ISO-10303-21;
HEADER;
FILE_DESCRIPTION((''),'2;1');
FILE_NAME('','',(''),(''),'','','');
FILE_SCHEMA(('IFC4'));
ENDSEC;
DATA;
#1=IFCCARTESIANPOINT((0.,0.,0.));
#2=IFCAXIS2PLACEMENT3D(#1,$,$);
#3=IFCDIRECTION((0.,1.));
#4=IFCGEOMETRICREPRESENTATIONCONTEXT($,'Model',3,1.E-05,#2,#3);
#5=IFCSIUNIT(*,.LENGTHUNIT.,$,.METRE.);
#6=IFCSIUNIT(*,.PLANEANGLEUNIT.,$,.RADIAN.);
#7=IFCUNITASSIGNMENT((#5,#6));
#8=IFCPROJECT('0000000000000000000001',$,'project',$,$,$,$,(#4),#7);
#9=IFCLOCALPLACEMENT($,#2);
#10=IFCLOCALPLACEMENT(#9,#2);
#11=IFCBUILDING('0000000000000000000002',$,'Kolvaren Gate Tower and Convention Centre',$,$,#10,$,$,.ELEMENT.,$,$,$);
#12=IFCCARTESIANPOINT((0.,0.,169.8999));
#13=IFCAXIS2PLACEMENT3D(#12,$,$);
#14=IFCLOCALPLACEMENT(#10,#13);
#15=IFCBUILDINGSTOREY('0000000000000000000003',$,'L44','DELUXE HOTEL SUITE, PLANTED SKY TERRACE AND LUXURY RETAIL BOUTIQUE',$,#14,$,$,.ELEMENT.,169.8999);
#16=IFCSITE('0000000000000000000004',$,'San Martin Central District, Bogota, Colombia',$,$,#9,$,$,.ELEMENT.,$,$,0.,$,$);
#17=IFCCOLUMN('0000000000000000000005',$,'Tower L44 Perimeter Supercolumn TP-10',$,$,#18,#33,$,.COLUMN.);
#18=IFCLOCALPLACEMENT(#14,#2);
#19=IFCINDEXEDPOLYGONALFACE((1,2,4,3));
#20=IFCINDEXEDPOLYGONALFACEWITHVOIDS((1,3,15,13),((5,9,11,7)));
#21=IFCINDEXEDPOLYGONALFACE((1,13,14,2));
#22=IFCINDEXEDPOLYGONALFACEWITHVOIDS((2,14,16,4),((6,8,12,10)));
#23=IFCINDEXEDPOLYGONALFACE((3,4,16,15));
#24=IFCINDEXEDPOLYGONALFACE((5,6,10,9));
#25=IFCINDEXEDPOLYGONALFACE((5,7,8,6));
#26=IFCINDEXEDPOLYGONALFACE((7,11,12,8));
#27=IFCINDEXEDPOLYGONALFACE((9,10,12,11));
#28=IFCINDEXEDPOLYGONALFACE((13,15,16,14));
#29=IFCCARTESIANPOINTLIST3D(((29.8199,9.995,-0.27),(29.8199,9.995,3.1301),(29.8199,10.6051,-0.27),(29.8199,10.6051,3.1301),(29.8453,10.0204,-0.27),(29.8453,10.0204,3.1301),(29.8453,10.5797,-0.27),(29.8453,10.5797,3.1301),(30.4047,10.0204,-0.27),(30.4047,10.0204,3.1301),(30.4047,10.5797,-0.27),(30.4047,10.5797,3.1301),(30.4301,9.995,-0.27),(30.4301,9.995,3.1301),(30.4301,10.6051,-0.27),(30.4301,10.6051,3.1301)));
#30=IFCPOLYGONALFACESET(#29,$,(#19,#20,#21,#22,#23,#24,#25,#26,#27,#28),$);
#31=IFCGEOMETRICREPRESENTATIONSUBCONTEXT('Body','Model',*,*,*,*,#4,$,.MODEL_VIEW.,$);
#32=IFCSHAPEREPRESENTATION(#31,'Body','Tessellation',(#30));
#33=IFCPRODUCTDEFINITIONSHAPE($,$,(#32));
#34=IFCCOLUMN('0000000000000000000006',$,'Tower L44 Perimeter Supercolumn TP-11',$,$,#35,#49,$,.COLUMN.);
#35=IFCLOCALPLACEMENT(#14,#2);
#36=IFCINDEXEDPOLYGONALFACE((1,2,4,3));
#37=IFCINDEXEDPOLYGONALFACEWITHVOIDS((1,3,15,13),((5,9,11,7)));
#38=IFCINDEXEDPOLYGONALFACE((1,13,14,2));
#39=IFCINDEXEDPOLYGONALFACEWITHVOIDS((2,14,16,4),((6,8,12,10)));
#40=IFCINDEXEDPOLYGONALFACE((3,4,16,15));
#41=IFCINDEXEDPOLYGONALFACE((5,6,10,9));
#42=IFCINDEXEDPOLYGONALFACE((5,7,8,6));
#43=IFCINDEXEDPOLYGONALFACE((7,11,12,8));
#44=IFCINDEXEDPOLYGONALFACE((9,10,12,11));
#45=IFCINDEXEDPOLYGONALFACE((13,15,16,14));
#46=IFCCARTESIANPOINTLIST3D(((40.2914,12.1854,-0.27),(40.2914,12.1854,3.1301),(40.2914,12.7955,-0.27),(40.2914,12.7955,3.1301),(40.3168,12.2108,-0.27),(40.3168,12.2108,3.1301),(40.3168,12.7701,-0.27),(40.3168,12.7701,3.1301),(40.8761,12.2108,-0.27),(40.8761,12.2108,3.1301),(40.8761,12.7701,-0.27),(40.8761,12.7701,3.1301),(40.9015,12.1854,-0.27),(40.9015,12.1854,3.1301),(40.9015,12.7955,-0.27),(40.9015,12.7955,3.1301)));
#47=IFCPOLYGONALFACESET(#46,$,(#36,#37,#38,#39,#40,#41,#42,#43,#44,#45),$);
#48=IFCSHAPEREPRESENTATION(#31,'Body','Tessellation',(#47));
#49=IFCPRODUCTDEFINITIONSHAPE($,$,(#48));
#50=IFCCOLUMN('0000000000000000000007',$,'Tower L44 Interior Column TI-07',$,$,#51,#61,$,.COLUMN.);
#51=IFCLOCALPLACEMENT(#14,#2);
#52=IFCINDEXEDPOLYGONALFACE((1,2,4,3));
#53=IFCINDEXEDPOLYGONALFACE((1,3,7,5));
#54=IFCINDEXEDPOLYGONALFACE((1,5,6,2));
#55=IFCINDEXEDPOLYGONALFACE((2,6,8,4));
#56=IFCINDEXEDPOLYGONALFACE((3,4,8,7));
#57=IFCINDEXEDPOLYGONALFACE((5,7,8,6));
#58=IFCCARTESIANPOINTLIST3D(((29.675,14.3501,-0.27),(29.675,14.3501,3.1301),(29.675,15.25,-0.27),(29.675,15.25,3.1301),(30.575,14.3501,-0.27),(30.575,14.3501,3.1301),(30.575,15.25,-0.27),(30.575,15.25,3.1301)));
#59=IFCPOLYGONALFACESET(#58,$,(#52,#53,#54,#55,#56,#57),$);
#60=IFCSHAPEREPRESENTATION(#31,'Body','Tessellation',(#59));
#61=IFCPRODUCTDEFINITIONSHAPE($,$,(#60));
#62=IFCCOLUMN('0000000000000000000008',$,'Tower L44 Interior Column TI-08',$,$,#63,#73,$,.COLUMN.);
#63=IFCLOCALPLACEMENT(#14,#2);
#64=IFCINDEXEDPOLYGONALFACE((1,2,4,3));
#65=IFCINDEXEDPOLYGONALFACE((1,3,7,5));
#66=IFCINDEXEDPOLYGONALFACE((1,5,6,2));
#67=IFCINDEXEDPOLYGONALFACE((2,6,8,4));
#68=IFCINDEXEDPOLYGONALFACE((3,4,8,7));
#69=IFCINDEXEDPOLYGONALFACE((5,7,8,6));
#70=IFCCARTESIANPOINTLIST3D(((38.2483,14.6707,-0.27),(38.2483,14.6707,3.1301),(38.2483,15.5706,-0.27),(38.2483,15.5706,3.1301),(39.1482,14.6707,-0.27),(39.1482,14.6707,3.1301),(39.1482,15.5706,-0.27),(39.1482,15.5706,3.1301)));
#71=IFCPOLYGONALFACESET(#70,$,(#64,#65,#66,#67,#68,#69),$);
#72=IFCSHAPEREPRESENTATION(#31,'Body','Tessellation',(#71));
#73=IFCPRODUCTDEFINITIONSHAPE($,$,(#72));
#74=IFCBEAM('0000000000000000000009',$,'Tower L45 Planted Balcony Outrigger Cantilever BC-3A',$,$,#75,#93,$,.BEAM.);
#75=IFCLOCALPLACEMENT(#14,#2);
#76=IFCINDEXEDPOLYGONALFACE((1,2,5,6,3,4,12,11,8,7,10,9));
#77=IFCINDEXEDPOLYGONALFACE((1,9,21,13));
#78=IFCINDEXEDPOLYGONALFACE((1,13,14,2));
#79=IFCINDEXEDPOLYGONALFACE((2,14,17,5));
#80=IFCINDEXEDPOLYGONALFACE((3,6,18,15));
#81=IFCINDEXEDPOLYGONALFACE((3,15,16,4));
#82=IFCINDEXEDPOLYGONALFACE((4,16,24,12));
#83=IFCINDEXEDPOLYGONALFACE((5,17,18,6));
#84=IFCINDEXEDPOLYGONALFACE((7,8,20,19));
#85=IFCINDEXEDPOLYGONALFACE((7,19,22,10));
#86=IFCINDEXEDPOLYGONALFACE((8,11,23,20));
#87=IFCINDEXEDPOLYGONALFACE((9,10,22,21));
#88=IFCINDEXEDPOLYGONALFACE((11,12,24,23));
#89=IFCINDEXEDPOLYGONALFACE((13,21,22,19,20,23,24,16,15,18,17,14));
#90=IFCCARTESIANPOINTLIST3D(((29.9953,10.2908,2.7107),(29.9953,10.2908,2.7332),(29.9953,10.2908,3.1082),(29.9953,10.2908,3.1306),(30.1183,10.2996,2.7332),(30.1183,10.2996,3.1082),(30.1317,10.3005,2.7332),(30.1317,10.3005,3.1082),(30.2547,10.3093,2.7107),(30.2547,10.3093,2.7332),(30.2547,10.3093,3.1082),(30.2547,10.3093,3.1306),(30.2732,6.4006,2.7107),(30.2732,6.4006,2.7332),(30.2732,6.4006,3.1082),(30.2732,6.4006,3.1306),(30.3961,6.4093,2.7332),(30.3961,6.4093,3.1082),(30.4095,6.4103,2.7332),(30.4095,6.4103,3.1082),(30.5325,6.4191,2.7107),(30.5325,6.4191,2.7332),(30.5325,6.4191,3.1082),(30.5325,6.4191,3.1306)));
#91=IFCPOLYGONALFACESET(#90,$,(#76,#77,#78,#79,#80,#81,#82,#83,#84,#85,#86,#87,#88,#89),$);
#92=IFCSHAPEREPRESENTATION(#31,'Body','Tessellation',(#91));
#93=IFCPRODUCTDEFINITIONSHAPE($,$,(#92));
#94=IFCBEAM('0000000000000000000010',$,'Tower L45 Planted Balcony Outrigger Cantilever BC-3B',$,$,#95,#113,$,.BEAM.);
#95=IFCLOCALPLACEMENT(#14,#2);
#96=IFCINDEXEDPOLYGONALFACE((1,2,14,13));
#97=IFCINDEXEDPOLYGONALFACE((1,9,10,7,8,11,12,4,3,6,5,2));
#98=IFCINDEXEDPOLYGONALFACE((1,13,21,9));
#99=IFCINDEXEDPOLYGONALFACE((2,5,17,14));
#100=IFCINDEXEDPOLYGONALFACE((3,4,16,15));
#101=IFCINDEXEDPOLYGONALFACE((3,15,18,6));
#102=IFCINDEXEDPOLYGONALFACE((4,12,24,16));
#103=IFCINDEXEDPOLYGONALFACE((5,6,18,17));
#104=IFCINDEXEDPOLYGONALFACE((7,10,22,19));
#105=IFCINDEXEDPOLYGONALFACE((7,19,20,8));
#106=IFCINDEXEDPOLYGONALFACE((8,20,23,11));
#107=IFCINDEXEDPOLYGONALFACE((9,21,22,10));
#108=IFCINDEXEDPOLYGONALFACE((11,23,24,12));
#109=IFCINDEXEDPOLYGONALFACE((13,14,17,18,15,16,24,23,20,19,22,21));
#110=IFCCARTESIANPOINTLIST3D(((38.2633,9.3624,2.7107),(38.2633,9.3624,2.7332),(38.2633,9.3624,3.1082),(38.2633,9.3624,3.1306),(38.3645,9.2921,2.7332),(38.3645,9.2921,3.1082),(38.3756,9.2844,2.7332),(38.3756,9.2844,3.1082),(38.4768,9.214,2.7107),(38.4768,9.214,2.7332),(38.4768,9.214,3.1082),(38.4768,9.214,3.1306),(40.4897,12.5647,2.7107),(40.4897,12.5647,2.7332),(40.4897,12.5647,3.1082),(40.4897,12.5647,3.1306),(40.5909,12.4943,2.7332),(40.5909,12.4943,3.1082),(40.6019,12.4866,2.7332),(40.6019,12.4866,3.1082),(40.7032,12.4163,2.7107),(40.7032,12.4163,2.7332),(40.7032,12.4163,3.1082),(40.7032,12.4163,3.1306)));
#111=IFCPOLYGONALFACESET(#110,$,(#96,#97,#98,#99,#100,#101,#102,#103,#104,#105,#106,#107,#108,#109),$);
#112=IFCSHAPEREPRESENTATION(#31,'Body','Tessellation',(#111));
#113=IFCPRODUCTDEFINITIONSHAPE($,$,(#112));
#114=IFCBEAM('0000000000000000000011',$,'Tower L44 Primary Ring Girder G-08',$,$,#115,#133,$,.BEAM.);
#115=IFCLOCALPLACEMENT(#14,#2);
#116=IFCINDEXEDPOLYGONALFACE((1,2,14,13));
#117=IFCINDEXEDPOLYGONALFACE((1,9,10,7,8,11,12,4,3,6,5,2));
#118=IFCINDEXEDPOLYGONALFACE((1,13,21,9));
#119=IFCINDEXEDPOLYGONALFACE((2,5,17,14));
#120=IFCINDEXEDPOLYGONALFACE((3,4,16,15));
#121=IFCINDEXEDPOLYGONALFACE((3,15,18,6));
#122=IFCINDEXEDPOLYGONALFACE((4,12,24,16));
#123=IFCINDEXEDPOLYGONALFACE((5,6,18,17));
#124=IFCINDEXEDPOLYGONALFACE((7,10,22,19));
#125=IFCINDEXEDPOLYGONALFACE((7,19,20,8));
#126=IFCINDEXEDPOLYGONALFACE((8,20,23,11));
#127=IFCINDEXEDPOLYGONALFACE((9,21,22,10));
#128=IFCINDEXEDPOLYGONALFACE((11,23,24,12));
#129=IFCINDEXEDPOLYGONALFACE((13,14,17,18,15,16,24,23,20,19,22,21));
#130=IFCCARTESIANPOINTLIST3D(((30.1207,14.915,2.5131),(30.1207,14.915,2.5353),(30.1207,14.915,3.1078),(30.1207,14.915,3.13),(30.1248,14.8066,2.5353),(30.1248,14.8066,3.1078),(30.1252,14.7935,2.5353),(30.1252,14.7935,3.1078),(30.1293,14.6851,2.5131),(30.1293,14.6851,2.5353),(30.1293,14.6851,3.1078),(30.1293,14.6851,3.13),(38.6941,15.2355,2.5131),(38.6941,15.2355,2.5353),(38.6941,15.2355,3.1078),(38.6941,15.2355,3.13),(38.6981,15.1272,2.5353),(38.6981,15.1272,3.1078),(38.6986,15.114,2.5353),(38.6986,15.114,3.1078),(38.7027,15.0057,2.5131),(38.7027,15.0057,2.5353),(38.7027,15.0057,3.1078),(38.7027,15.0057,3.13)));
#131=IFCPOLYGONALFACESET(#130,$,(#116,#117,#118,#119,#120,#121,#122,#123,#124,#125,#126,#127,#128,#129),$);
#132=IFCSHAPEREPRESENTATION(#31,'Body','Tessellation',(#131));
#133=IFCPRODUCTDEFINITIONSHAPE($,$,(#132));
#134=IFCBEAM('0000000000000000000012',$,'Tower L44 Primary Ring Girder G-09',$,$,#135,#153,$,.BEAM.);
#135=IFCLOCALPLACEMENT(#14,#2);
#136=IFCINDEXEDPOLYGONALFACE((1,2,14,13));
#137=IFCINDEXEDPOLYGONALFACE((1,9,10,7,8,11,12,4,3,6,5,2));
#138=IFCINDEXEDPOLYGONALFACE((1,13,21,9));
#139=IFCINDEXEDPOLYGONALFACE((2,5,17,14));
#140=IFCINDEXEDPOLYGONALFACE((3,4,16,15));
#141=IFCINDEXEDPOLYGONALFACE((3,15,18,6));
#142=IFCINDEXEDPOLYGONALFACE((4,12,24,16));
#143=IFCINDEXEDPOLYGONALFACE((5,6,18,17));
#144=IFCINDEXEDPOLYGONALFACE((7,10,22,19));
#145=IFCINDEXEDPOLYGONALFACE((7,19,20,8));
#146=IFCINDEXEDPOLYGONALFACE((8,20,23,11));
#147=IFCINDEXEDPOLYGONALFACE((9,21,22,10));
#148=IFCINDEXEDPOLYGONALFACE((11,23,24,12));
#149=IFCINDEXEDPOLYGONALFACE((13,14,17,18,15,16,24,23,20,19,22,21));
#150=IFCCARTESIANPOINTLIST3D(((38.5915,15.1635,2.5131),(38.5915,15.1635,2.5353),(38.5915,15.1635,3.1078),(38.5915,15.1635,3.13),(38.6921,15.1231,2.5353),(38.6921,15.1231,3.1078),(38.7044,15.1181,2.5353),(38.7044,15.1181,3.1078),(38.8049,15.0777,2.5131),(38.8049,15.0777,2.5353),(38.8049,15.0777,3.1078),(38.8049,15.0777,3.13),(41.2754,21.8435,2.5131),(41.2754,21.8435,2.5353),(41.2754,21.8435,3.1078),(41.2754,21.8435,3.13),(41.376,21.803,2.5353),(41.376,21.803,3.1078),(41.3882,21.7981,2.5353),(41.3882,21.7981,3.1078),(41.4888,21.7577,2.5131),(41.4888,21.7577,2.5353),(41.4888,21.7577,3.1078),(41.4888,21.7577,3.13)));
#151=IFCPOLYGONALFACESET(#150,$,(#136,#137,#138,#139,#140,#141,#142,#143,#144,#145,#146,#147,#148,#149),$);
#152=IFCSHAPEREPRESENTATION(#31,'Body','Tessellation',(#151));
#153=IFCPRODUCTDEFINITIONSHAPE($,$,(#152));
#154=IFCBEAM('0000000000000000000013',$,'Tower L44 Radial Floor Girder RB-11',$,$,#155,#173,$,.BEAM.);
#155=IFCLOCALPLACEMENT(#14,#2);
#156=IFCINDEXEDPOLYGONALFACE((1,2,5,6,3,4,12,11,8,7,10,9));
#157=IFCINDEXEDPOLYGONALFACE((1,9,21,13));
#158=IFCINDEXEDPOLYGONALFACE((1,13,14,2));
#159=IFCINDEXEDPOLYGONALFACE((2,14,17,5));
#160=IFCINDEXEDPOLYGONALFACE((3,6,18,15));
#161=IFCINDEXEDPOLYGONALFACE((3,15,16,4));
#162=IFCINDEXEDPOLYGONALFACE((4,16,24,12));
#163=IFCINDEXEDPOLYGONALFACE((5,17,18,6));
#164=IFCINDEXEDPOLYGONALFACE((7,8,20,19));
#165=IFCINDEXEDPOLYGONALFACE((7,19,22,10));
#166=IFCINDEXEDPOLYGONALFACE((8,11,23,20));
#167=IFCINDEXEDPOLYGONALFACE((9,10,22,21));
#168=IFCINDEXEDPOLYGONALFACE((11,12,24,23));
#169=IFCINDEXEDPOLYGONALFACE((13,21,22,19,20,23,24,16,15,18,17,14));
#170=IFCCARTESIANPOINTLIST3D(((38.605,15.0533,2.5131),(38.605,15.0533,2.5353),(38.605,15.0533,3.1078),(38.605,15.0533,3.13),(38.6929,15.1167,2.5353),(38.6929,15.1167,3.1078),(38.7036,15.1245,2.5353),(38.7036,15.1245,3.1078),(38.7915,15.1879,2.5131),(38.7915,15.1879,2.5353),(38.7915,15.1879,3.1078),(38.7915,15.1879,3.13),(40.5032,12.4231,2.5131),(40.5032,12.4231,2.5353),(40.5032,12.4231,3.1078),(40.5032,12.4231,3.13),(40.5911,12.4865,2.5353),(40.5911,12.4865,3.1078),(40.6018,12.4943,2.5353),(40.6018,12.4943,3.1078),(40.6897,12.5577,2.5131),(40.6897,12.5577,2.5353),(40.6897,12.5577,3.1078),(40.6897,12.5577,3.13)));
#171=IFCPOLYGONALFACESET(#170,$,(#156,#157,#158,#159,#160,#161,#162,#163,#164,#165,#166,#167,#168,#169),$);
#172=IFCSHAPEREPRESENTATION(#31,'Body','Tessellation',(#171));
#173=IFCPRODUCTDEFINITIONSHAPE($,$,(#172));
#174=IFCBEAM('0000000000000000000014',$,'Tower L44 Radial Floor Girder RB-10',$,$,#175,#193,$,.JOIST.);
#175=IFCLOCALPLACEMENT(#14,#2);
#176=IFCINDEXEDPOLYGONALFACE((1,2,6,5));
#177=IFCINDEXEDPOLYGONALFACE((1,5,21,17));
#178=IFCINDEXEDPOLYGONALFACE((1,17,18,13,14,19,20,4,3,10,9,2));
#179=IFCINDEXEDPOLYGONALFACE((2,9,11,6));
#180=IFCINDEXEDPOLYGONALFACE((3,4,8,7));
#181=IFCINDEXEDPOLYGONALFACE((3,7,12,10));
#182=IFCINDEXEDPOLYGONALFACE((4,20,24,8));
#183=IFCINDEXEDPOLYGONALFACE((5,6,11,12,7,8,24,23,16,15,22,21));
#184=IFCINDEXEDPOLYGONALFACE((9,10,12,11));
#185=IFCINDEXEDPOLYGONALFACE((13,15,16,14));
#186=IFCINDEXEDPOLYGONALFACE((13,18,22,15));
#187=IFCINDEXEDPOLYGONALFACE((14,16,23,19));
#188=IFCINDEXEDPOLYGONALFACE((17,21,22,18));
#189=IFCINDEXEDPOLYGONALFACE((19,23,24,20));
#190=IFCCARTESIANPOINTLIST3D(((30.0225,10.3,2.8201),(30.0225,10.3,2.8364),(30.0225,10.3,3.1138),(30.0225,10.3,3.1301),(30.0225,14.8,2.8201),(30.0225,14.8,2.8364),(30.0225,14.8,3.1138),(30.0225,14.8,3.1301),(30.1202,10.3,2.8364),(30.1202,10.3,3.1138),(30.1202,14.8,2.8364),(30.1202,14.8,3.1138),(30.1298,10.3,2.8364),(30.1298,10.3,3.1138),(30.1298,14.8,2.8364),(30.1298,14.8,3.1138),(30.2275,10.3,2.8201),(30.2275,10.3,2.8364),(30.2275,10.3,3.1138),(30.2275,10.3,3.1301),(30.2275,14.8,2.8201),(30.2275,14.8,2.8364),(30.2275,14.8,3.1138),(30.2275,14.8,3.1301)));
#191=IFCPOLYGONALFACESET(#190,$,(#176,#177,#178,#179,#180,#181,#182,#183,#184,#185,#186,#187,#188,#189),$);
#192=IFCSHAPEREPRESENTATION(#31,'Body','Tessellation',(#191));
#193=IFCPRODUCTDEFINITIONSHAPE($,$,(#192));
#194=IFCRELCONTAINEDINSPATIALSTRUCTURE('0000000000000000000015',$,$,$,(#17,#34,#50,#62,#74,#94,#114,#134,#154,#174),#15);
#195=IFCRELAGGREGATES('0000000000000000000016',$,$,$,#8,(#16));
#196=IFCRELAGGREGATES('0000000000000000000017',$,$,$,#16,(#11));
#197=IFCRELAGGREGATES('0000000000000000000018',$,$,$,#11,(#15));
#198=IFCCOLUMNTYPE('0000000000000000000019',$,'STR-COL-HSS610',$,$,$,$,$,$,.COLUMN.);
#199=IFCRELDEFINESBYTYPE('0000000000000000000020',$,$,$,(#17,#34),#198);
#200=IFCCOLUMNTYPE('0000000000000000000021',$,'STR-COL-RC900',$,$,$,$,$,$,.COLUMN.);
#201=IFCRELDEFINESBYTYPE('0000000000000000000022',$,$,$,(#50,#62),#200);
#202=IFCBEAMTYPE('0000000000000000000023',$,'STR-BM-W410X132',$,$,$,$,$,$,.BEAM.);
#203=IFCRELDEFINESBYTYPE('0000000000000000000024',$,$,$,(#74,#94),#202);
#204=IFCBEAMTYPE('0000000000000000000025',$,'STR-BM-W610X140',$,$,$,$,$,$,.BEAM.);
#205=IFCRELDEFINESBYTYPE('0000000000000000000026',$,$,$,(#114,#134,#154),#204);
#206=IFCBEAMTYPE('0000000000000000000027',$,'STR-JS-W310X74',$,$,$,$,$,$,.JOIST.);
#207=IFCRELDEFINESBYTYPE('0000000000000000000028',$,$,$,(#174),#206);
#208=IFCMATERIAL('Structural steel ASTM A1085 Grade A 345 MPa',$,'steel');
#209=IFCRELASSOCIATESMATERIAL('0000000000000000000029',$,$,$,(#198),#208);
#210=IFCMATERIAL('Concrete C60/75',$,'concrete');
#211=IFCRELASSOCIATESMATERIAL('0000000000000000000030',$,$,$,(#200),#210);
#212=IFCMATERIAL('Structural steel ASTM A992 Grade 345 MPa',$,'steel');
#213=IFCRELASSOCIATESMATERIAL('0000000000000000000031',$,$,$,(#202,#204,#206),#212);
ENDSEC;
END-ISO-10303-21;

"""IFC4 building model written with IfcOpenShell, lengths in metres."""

from ifc_helpers import new_model, si_unit, direction, frame, origin, origin_2d, place, context, subcontext, project, spatial, rectangle, hollow_rectangle, i_section, extrude, material, material_profile, profile_set, type_object, element, save


model = new_model("IFC4")

# Units and contexts
model_context = context("Model", 3, precision=1e-05, world=origin(), true_north=direction((0.0, 1.0)))
body_context = subcontext(model_context, "Body", "Model", "MODEL_VIEW")
ifc_project = project(units=[si_unit("LENGTHUNIT", "METRE"), si_unit("PLANEANGLEUNIT", "RADIAN")], contexts=[model_context])

# Site, building, storey
site_placement = place(None, origin())
site = spatial("IfcSite", under=ifc_project, at=site_placement, Name="San Martin Central District, Bogota, Colombia", CompositionType="ELEMENT", RefElevation=0.0)
building_placement = place(site_placement, origin())
building = spatial("IfcBuilding", under=site, at=building_placement, Name="Kolvaren Gate Tower and Convention Centre", CompositionType="ELEMENT")
storey_placement = place(building_placement, frame((0.0, 0.0, 169.8999)))
storey = spatial("IfcBuildingStorey", under=building, at=storey_placement, Name="L44", Description="DELUXE HOTEL SUITE, PLANTED SKY TERRACE AND LUXURY RETAIL BOUTIQUE", CompositionType="ELEMENT", Elevation=169.8999)

# Columns
ifc_material_1 = material(Name="Structural steel ASTM A1085 Grade A 345 MPa", Category="steel")
ifc_material_profile_1 = material_profile(ifc_material_1, hollow_rectangle(XDim=0.6101, YDim=0.6101, WallThickness=0.0254, at=origin_2d()), Name="HSS610X610X25.4")
ifc_profile_set_1 = profile_set([ifc_material_profile_1], Name="Structural steel ASTM A1085 Grade A 345 MPa")
column_type_1 = type_object("IfcColumnType", Name="STR-COL-HSS610", PredefinedType="COLUMN", material=ifc_profile_set_1)
for number, where, z_axis, x_axis, name in (
    (1, (30.125, 10.3, -0.27), (0.0, 0.0, 1.0), (1.0, 0.0, 0.0), "Tower L44 Perimeter Supercolumn TP-10"),
    (2, (40.5964, 12.4905, -0.27), (0.0, 0.0, 1.0), (1.0, 0.0, 0.0), "Tower L44 Perimeter Supercolumn TP-11"),
):
    element("IfcColumn", number, at=place(storey_placement, frame(where, z_axis=z_axis, x_axis=x_axis)), inside=storey, type_object=column_type_1, Name=name, PredefinedType="COLUMN", context=body_context, shape_type="SweptSolid", body=[
        extrude(hollow_rectangle(XDim=0.6101, YDim=0.6101, WallThickness=0.0254, at=origin_2d()), origin(), (0.0, 0.0, 1.0), 3.4001),
    ])
ifc_material_2 = material(Name="Concrete C60/75", Category="concrete")
ifc_material_profile_2 = material_profile(ifc_material_2, rectangle(XDim=0.8999, YDim=0.8999, at=origin_2d()), Name="RC-COL-900X900")
ifc_profile_set_2 = profile_set([ifc_material_profile_2], Name="Concrete C60/75")
column_type_2 = type_object("IfcColumnType", Name="STR-COL-RC900", PredefinedType="COLUMN", material=ifc_profile_set_2)
for number, where, z_axis, x_axis, name in (
    (3, (30.125, 14.8, -0.27), (0.0, 0.0, 1.0), (1.0, 0.0, 0.0), "Tower L44 Interior Column TI-07"),
    (4, (38.6982, 15.1206, -0.27), (0.0, 0.0, 1.0), (1.0, 0.0, 0.0), "Tower L44 Interior Column TI-08"),
):
    element("IfcColumn", number, at=place(storey_placement, frame(where, z_axis=z_axis, x_axis=x_axis)), inside=storey, type_object=column_type_2, Name=name, PredefinedType="COLUMN", context=body_context, shape_type="SweptSolid", body=[
        extrude(rectangle(XDim=0.8999, YDim=0.8999, at=origin_2d()), origin(), (0.0, 0.0, 1.0), 3.4001),
    ])

# Beams
ifc_material_3 = material(Name="Structural steel ASTM A992 Grade 345 MPa", Category="steel")
ifc_material_profile_3 = material_profile(ifc_material_3, i_section(OverallWidth=0.26, OverallDepth=0.4199, WebThickness=0.0134, FlangeThickness=0.0225, at=origin_2d()), Name="W410X132")
ifc_profile_set_3 = profile_set([ifc_material_profile_3], Name="Structural steel ASTM A992 Grade 345 MPa")
beam_type_1 = type_object("IfcBeamType", Name="STR-BM-W410X132", PredefinedType="BEAM", material=ifc_profile_set_3)
for number, where, z_axis, x_axis, name in (
    (5, (30.125, 10.3, 2.9207), (0.071238, -0.997459, 0.0), (0.997459, 0.071238, 0.0), "Tower L45 Planted Balcony Outrigger Cantilever BC-3A"),
    (6, (40.5964, 12.4905, 2.9207), (-0.570846, -0.821057, 0.0), (0.821057, -0.570846, 0.0), "Tower L45 Planted Balcony Outrigger Cantilever BC-3B"),
):
    element("IfcBeam", number, at=place(storey_placement, frame(where, z_axis=z_axis, x_axis=x_axis)), inside=storey, type_object=beam_type_1, Name=name, PredefinedType="BEAM", context=body_context, shape_type="SweptSolid", body=[
        extrude(i_section(OverallWidth=0.26, OverallDepth=0.4199, WebThickness=0.0134, FlangeThickness=0.0225, at=origin_2d()), origin(), (0.0, 0.0, 1.0), 3.9001),
    ])
ifc_material_profile_4 = material_profile(ifc_material_3, i_section(OverallWidth=0.23, OverallDepth=0.6169, WebThickness=0.0132, FlangeThickness=0.0222, at=origin_2d()), Name="W610X140")
ifc_profile_set_4 = profile_set([ifc_material_profile_4], Name="Structural steel ASTM A992 Grade 345 MPa")
beam_type_2 = type_object("IfcBeamType", Name="STR-BM-W610X140", PredefinedType="BEAM", material=ifc_profile_set_4)
beam_1_placement = place(storey_placement, frame((30.125, 14.8, 2.8215), z_axis=(0.999302, 0.037364, 0.0), x_axis=(-0.037364, 0.999302, 0.0)))
element("IfcBeam", 7, at=beam_1_placement, inside=storey, type_object=beam_type_2, Name="Tower L44 Primary Ring Girder G-08", PredefinedType="BEAM", context=body_context, shape_type="SweptSolid", body=[
    extrude(i_section(OverallWidth=0.23, OverallDepth=0.6169, WebThickness=0.0132, FlangeThickness=0.0222, at=origin_2d()), origin(), (0.0, 0.0, 1.0), 8.5793),
])
beam_2_placement = place(storey_placement, frame((38.6982, 15.1206, 2.8215), z_axis=(0.372811, 0.927907, 0.0), x_axis=(-0.927907, 0.372811, 0.0)))
element("IfcBeam", 8, at=beam_2_placement, inside=storey, type_object=beam_type_2, Name="Tower L44 Primary Ring Girder G-09", PredefinedType="BEAM", context=body_context, shape_type="SweptSolid", body=[
    extrude(i_section(OverallWidth=0.23, OverallDepth=0.6169, WebThickness=0.0132, FlangeThickness=0.0222, at=origin_2d()), origin(), (0.0, 0.0, 1.0), 7.199),
])
beam_3_placement = place(storey_placement, frame((38.6982, 15.1206, 2.8215), z_axis=(0.585218, -0.810876, 0.0), x_axis=(0.810876, 0.585218, 0.0)))
element("IfcBeam", 9, at=beam_3_placement, inside=storey, type_object=beam_type_2, Name="Tower L44 Radial Floor Girder RB-11", PredefinedType="BEAM", context=body_context, shape_type="SweptSolid", body=[
    extrude(i_section(OverallWidth=0.23, OverallDepth=0.6169, WebThickness=0.0132, FlangeThickness=0.0222, at=origin_2d()), origin(), (0.0, 0.0, 1.0), 3.2437),
])
ifc_material_profile_5 = material_profile(ifc_material_3, i_section(OverallWidth=0.2051, OverallDepth=0.3101, WebThickness=0.0095, FlangeThickness=0.0164, at=origin_2d()), Name="W310X74")
ifc_profile_set_5 = profile_set([ifc_material_profile_5], Name="Structural steel ASTM A992 Grade 345 MPa")
beam_type_3 = type_object("IfcBeamType", Name="STR-JS-W310X74", PredefinedType="JOIST", material=ifc_profile_set_5)
beam_4_placement = place(storey_placement, frame((30.125, 14.8, 2.9751), z_axis=(0.0, -1.0, 0.0), x_axis=(1.0, 0.0, 0.0)))
element("IfcBeam", 10, at=beam_4_placement, inside=storey, type_object=beam_type_3, Name="Tower L44 Radial Floor Girder RB-10", PredefinedType="JOIST", context=body_context, shape_type="SweptSolid", body=[
    extrude(i_section(OverallWidth=0.2051, OverallDepth=0.3101, WebThickness=0.0095, FlangeThickness=0.0164, at=origin_2d()), origin(), (0.0, 0.0, 1.0), 4.5),
])

save(model, "model.ifc")
